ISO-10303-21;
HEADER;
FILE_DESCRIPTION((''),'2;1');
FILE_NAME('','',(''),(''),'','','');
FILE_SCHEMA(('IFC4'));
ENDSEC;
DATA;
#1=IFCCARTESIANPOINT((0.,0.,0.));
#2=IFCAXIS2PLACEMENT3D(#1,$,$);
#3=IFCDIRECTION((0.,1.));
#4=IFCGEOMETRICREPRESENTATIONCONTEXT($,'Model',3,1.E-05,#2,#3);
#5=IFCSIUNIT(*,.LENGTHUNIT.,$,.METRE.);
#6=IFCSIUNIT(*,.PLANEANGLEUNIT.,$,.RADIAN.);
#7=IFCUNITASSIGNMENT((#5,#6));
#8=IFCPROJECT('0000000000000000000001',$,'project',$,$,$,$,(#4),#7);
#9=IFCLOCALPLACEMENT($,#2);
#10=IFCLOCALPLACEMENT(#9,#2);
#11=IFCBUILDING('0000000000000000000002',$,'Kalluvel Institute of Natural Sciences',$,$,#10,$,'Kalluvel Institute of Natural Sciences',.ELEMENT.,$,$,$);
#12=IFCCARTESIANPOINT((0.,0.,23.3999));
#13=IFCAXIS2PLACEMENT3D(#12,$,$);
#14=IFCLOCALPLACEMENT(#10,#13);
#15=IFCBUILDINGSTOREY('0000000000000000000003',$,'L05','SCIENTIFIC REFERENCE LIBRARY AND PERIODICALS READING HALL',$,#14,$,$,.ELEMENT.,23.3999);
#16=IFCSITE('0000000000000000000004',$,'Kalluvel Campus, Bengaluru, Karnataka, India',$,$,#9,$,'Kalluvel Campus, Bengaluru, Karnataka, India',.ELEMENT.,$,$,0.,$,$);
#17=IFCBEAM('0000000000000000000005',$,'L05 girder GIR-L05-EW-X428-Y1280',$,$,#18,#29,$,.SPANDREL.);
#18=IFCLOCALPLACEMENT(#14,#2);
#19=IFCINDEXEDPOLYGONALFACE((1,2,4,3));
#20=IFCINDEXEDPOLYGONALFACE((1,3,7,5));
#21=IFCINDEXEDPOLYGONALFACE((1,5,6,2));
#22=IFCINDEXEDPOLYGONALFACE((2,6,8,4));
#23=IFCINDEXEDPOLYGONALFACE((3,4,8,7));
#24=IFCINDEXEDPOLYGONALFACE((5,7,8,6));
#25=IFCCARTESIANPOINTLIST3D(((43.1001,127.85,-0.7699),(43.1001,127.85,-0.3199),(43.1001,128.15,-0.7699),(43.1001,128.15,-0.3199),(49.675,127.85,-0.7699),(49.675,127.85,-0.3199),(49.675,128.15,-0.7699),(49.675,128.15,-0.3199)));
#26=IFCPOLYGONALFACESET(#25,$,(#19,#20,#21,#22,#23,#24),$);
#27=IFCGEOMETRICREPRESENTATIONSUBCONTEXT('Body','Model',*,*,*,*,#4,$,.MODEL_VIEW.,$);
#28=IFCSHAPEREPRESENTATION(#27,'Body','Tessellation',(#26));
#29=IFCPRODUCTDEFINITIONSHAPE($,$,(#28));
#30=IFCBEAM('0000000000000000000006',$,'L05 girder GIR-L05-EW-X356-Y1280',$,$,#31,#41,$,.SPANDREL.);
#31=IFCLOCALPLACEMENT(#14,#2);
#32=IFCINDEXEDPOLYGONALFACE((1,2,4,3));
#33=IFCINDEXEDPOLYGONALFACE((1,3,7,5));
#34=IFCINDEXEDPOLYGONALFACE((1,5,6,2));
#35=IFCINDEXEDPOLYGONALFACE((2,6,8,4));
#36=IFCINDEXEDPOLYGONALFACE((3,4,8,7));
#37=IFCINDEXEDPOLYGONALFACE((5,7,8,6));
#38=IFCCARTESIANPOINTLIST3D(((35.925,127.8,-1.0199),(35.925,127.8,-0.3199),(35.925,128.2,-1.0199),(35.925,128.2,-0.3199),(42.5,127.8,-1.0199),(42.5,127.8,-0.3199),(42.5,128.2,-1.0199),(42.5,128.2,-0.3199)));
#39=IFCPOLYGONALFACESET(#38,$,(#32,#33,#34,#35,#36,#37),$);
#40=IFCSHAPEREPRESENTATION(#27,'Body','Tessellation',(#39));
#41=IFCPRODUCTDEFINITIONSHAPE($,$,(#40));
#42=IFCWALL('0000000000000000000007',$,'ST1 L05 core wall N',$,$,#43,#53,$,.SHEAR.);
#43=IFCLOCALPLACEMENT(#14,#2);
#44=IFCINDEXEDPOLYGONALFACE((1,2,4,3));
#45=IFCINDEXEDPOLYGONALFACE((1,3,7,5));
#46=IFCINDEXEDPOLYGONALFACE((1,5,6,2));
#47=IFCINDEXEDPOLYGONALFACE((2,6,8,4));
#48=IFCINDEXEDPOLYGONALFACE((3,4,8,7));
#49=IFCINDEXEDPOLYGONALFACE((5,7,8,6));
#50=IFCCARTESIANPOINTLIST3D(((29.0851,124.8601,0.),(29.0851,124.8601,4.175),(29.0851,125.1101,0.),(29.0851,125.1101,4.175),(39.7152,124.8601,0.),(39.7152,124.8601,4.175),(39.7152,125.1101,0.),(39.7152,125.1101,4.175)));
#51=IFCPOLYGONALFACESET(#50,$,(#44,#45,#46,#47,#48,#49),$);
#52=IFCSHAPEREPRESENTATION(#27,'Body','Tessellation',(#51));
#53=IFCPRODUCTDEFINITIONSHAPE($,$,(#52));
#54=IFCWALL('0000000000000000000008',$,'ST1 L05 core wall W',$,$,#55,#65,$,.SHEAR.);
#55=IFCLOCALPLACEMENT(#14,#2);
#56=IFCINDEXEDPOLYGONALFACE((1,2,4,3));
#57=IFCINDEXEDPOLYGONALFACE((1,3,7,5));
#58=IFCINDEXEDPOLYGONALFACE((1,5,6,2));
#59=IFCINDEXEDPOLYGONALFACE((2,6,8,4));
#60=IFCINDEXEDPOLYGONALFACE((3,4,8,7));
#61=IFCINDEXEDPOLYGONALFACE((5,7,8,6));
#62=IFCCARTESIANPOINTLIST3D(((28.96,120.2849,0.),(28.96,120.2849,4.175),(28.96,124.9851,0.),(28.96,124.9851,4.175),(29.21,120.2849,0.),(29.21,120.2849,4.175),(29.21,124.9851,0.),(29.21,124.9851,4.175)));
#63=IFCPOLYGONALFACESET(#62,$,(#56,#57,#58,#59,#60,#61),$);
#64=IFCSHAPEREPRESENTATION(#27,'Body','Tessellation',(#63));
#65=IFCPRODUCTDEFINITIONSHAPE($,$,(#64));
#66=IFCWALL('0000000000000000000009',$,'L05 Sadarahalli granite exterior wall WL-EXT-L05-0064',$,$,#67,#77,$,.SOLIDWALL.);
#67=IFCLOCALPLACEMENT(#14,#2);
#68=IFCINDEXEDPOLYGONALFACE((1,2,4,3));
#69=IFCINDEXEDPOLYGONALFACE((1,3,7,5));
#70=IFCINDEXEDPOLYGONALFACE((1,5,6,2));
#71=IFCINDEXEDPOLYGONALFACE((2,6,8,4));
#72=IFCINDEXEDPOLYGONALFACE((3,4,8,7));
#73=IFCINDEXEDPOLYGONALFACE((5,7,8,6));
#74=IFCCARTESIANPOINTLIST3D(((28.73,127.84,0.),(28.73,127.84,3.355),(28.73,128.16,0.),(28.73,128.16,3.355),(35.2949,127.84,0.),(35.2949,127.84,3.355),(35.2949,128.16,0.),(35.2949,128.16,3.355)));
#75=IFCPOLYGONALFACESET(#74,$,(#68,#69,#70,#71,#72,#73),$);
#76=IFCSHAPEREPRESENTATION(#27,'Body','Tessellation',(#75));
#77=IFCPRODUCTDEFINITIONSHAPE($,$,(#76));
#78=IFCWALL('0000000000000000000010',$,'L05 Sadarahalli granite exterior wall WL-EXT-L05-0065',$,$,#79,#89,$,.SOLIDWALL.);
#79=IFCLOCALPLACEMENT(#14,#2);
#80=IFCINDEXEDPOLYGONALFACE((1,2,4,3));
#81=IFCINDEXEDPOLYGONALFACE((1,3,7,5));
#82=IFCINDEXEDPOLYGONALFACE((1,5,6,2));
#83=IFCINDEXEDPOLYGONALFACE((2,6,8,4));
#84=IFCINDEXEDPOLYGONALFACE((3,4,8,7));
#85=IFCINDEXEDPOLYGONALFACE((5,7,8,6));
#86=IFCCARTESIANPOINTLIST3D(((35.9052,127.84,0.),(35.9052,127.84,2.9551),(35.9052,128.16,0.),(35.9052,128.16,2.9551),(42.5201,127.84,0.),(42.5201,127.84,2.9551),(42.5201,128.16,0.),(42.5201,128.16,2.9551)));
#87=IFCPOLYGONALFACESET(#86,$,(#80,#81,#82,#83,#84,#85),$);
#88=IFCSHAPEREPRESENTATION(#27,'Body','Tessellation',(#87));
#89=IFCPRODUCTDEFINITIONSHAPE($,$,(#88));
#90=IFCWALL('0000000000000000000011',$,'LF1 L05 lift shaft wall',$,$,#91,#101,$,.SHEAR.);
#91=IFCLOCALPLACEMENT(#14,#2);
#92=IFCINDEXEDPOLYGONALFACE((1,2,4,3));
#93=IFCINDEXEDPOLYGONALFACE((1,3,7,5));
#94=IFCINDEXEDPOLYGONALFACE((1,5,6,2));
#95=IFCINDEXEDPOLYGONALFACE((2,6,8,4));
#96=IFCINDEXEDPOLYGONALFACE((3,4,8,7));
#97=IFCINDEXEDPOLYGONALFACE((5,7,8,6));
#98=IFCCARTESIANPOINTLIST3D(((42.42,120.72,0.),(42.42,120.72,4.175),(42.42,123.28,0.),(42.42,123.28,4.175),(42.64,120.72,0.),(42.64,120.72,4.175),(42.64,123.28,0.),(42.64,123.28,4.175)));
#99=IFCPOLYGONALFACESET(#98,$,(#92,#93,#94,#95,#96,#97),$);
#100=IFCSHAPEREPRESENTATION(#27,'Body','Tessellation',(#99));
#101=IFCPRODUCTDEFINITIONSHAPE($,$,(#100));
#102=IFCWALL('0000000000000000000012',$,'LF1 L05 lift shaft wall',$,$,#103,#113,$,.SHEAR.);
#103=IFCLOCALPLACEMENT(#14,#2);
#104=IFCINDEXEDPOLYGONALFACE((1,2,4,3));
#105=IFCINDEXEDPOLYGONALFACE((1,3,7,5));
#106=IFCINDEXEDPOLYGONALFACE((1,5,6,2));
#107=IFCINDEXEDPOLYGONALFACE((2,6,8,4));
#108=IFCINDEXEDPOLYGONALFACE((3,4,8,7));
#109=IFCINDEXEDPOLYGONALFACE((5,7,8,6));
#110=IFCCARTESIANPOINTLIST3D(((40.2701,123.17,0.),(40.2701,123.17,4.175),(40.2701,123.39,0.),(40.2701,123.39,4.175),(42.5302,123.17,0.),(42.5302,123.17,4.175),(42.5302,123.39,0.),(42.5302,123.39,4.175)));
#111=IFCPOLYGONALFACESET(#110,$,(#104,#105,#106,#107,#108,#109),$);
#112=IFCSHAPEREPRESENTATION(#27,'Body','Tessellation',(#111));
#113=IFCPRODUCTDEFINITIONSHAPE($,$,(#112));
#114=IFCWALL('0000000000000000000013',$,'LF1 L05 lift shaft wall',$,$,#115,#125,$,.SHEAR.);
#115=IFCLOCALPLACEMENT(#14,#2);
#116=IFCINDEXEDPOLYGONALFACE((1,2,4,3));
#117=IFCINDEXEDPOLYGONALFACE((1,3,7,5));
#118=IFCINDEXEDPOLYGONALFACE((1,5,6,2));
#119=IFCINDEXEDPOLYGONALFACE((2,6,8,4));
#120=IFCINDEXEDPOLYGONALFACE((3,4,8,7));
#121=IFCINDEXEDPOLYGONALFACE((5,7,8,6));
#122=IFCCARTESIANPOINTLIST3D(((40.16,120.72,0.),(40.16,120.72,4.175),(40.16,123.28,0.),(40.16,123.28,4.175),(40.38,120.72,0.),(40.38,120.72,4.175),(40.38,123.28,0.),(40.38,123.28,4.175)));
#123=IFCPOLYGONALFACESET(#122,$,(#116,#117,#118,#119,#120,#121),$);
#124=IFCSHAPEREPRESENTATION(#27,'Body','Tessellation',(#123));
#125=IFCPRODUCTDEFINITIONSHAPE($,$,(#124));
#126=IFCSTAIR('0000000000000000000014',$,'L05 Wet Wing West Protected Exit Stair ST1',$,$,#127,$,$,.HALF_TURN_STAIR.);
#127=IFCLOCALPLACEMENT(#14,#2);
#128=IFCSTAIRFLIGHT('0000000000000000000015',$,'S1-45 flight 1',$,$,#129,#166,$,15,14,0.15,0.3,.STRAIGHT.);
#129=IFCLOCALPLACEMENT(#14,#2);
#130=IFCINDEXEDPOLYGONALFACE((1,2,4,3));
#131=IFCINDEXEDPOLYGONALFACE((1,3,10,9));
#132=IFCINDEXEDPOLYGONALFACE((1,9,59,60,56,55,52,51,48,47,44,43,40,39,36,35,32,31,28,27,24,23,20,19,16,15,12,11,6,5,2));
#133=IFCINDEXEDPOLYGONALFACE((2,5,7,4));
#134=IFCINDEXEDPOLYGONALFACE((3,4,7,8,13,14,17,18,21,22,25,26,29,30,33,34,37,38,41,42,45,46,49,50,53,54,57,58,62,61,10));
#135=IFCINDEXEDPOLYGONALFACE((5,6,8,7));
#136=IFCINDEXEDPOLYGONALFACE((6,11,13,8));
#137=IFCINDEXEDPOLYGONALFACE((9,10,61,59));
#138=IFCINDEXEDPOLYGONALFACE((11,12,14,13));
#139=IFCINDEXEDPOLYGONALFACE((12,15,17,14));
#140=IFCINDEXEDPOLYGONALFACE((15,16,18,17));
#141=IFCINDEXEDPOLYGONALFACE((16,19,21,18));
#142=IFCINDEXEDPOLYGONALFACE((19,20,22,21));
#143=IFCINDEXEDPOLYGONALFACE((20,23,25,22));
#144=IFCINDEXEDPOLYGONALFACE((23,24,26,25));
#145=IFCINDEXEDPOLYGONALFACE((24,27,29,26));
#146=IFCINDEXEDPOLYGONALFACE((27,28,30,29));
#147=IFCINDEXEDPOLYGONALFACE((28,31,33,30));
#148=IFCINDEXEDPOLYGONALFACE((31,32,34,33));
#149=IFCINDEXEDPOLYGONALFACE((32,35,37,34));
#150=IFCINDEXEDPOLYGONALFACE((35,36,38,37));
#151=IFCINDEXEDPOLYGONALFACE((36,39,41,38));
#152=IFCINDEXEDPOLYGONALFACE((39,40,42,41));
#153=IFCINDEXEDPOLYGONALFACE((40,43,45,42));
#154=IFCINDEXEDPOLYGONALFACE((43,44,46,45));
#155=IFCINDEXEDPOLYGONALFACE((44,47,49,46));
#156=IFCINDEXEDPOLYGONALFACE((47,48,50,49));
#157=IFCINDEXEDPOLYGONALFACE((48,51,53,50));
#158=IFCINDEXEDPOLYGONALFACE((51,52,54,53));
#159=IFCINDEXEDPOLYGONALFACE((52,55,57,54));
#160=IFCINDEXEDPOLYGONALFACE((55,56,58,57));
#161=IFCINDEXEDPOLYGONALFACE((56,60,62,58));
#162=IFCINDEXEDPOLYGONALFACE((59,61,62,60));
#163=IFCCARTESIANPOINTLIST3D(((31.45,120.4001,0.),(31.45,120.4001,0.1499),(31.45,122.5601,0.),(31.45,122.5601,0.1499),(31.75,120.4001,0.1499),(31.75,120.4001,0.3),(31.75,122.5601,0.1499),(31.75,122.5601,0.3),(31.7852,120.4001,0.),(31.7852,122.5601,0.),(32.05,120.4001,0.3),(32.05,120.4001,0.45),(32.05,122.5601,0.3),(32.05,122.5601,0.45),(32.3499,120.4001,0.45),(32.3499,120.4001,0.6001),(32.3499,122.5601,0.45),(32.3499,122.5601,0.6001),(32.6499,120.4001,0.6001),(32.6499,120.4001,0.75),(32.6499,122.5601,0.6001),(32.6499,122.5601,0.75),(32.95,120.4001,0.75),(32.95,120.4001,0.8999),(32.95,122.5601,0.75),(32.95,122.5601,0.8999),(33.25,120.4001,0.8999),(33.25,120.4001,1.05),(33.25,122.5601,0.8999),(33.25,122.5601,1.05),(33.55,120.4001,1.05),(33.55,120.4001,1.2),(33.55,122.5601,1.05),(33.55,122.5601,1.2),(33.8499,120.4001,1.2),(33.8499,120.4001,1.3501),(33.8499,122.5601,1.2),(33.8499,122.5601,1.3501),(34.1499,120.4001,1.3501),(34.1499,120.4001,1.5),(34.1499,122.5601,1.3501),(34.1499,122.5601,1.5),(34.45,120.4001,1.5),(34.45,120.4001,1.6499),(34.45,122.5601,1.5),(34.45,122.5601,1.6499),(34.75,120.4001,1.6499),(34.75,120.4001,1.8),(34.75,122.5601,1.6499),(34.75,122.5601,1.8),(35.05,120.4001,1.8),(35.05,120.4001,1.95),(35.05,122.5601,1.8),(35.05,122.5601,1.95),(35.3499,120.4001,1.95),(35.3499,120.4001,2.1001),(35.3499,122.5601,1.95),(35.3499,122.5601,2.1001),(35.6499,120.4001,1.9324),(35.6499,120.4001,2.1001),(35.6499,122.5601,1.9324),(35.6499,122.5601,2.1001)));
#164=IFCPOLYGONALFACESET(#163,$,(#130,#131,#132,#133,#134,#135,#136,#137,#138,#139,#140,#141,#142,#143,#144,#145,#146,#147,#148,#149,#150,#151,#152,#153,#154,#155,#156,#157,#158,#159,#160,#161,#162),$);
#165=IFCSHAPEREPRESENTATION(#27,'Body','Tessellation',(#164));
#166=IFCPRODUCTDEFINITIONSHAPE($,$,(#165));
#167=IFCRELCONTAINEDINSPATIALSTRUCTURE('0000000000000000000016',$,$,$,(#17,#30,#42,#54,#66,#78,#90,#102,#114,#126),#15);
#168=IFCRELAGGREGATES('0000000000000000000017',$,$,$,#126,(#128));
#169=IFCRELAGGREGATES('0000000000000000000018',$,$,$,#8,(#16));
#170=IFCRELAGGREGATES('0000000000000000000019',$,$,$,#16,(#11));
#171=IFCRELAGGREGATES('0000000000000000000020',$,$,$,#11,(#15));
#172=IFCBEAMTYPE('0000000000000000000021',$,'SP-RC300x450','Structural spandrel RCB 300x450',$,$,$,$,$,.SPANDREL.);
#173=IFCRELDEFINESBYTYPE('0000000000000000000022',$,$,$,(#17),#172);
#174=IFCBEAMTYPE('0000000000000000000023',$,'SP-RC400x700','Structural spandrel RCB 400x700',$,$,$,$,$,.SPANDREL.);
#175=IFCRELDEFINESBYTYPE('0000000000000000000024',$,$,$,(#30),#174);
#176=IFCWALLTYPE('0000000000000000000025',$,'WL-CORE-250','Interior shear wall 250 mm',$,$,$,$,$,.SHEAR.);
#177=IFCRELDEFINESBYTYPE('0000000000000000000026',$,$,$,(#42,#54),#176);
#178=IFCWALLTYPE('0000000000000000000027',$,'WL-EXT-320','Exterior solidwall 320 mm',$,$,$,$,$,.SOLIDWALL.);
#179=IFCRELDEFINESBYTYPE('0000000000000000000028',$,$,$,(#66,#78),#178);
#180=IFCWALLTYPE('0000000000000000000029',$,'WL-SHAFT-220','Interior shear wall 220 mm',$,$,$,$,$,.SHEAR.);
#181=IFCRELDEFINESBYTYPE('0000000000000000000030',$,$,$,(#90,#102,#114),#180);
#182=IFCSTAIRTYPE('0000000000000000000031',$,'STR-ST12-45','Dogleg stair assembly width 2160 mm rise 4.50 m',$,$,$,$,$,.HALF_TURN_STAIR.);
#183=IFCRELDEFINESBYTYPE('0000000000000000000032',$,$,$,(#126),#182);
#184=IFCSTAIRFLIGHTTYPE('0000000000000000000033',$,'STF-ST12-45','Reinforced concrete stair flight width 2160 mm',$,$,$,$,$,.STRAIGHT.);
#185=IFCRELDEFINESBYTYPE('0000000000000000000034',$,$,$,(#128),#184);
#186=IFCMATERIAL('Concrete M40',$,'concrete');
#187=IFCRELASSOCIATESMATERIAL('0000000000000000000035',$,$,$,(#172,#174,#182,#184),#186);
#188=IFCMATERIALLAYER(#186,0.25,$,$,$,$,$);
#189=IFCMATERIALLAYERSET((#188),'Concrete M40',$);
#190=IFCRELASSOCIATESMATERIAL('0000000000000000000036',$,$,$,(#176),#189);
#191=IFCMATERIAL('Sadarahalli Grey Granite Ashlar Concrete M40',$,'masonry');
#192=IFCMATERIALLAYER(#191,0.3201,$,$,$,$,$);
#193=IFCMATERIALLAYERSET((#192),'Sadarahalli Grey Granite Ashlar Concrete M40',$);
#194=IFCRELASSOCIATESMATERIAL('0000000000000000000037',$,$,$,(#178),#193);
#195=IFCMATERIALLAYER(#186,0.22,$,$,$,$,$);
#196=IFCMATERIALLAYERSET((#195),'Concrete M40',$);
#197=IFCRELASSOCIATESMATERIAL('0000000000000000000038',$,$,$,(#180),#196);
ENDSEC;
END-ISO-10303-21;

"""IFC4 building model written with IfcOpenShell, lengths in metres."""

from ifc_helpers import new_model, si_unit, direction, frame, frame_2d, origin, origin_2d, place, context, subcontext, project, spatial, polyline, rectangle, outline, extrude, material, layer, layer_set, material_profile, profile_set, type_object, element, aggregate, save


model = new_model("IFC4")

# Units and contexts
model_context = context("Model", 3, precision=1e-05, world=origin(), true_north=direction((0.0, 1.0)))
body_context = subcontext(model_context, "Body", "Model", "MODEL_VIEW")
ifc_project = project(units=[si_unit("LENGTHUNIT", "METRE"), si_unit("PLANEANGLEUNIT", "RADIAN")], contexts=[model_context])

# Site, building, storey
site_placement = place(None, origin())
site = spatial("IfcSite", under=ifc_project, at=site_placement, Name="Kalluvel Campus, Bengaluru, Karnataka, India", LongName="Kalluvel Campus, Bengaluru, Karnataka, India", CompositionType="ELEMENT", RefElevation=0.0)
building_placement = place(site_placement, origin())
building = spatial("IfcBuilding", under=site, at=building_placement, Name="Kalluvel Institute of Natural Sciences", LongName="Kalluvel Institute of Natural Sciences", CompositionType="ELEMENT")
storey_placement = place(building_placement, frame((0.0, 0.0, 23.3999)))
storey = spatial("IfcBuildingStorey", under=building, at=storey_placement, Name="L05", Description="SCIENTIFIC REFERENCE LIBRARY AND PERIODICALS READING HALL", CompositionType="ELEMENT", Elevation=23.3999)

# Shared definitions
ifc_material_1 = material(Name="Concrete M40", Category="concrete")

# Beams
ifc_material_profile_1 = material_profile(ifc_material_1, rectangle(XDim=0.3, YDim=0.45, at=origin_2d()), Name="RCB 300x450")
ifc_profile_set_1 = profile_set([ifc_material_profile_1], Name="Concrete M40")
beam_type_1 = type_object("IfcBeamType", Name="SP-RC300x450", Description="Structural spandrel RCB 300x450", PredefinedType="SPANDREL", material=ifc_profile_set_1)
beam_1_placement = place(storey_placement, frame((43.1001, 128.0, -0.5449), z_axis=(1.0, 0.0, 0.0), x_axis=(0.0, 1.0, 0.0)))
element("IfcBeam", 1, at=beam_1_placement, inside=storey, type_object=beam_type_1, Name="L05 girder GIR-L05-EW-X428-Y1280", PredefinedType="SPANDREL", context=body_context, shape_type="SweptSolid", body=[
    extrude(rectangle(XDim=0.3, YDim=0.45, at=origin_2d()), origin(), (0.0, 0.0, 1.0), 6.575),
])
ifc_material_profile_2 = material_profile(ifc_material_1, rectangle(XDim=0.3999, YDim=0.7, at=origin_2d()), Name="RCB 400x700")
ifc_profile_set_2 = profile_set([ifc_material_profile_2], Name="Concrete M40")
beam_type_2 = type_object("IfcBeamType", Name="SP-RC400x700", Description="Structural spandrel RCB 400x700", PredefinedType="SPANDREL", material=ifc_profile_set_2)
beam_2_placement = place(storey_placement, frame((35.925, 128.0, -0.6699), z_axis=(1.0, 0.0, 0.0), x_axis=(0.0, 1.0, 0.0)))
element("IfcBeam", 2, at=beam_2_placement, inside=storey, type_object=beam_type_2, Name="L05 girder GIR-L05-EW-X356-Y1280", PredefinedType="SPANDREL", context=body_context, shape_type="SweptSolid", body=[
    extrude(rectangle(XDim=0.3999, YDim=0.7, at=origin_2d()), origin(), (0.0, 0.0, 1.0), 6.575),
])

# Walls
ifc_layer_1 = layer(ifc_material_1, 0.25)
ifc_layer_set_1 = layer_set([ifc_layer_1], Name="Concrete M40")
wall_type_1 = type_object("IfcWallType", Name="WL-CORE-250", Description="Interior shear wall 250 mm", PredefinedType="SHEAR", material=ifc_layer_set_1)
wall_1_placement = place(storey_placement, frame((39.7151, 124.9851, 0.0), z_axis=(0.0, 0.0, 1.0), x_axis=(-1.0, 0.0, 0.0)))
element("IfcWall", 3, at=wall_1_placement, inside=storey, type_object=wall_type_1, Name="ST1 L05 core wall N", PredefinedType="SHEAR", context=body_context, shape_type="SweptSolid", body=[
    extrude(rectangle(XDim=10.6301, YDim=0.25, at=frame_2d((5.3149, 0.0))), origin(), (0.0, 0.0, 1.0), 4.175),
])
wall_2_placement = place(storey_placement, frame((29.085, 124.9851, 0.0), z_axis=(0.0, 0.0, 1.0), x_axis=(0.0, -1.0, 0.0)))
element("IfcWall", 4, at=wall_2_placement, inside=storey, type_object=wall_type_1, Name="ST1 L05 core wall W", PredefinedType="SHEAR", context=body_context, shape_type="SweptSolid", body=[
    extrude(rectangle(XDim=4.7002, YDim=0.25, at=frame_2d((2.3501, 0.0))), origin(), (0.0, 0.0, 1.0), 4.175),
])
ifc_material_2 = material(Name="Sadarahalli Grey Granite Ashlar Concrete M40", Category="masonry")
ifc_layer_2 = layer(ifc_material_2, 0.3201)
ifc_layer_set_2 = layer_set([ifc_layer_2], Name="Sadarahalli Grey Granite Ashlar Concrete M40")
wall_type_2 = type_object("IfcWallType", Name="WL-EXT-320", Description="Exterior solidwall 320 mm", PredefinedType="SOLIDWALL", material=ifc_layer_set_2)
wall_3_placement = place(storey_placement, frame((28.73, 128.0, 0.0), z_axis=(0.0, 0.0, 1.0), x_axis=(1.0, 0.0, 0.0)))
element("IfcWall", 5, at=wall_3_placement, inside=storey, type_object=wall_type_2, Name="L05 Sadarahalli granite exterior wall WL-EXT-L05-0064", PredefinedType="SOLIDWALL", context=body_context, shape_type="SweptSolid", body=[
    extrude(rectangle(XDim=6.5649, YDim=0.3201, at=frame_2d((3.2825, 0.0))), origin(), (0.0, 0.0, 1.0), 3.355),
])
wall_4_placement = place(storey_placement, frame((35.905, 128.0, 0.0), z_axis=(0.0, 0.0, 1.0), x_axis=(1.0, 0.0, 0.0)))
element("IfcWall", 6, at=wall_4_placement, inside=storey, type_object=wall_type_2, Name="L05 Sadarahalli granite exterior wall WL-EXT-L05-0065", PredefinedType="SOLIDWALL", context=body_context, shape_type="SweptSolid", body=[
    extrude(rectangle(XDim=6.615, YDim=0.3201, at=frame_2d((3.3076, 0.0))), origin(), (0.0, 0.0, 1.0), 2.9551),
])
ifc_layer_3 = layer(ifc_material_1, 0.22)
ifc_layer_set_3 = layer_set([ifc_layer_3], Name="Concrete M40")
wall_type_3 = type_object("IfcWallType", Name="WL-SHAFT-220", Description="Interior shear wall 220 mm", PredefinedType="SHEAR", material=ifc_layer_set_3)
wall_5_placement = place(storey_placement, frame((42.53, 120.72, 0.0), z_axis=(0.0, 0.0, 1.0), x_axis=(0.0, 1.0, 0.0)))
element("IfcWall", 7, at=wall_5_placement, inside=storey, type_object=wall_type_3, Name="LF1 L05 lift shaft wall", PredefinedType="SHEAR", context=body_context, shape_type="SweptSolid", body=[
    extrude(rectangle(XDim=2.5601, YDim=0.22, at=frame_2d((1.28, 0.0))), origin(), (0.0, 0.0, 1.0), 4.175),
])
wall_6_placement = place(storey_placement, frame((42.53, 123.28, 0.0), z_axis=(0.0, 0.0, 1.0), x_axis=(-1.0, 0.0, 0.0)))
element("IfcWall", 8, at=wall_6_placement, inside=storey, type_object=wall_type_3, Name="LF1 L05 lift shaft wall", PredefinedType="SHEAR", context=body_context, shape_type="SweptSolid", body=[
    extrude(rectangle(XDim=2.26, YDim=0.22, at=frame_2d((1.1299, 0.0))), origin(), (0.0, 0.0, 1.0), 4.175),
])
wall_7_placement = place(storey_placement, frame((40.27, 123.28, 0.0), z_axis=(0.0, 0.0, 1.0), x_axis=(0.0, -1.0, 0.0)))
element("IfcWall", 9, at=wall_7_placement, inside=storey, type_object=wall_type_3, Name="LF1 L05 lift shaft wall", PredefinedType="SHEAR", context=body_context, shape_type="SweptSolid", body=[
    extrude(rectangle(XDim=2.5601, YDim=0.22, at=frame_2d((1.28, 0.0))), origin(), (0.0, 0.0, 1.0), 4.175),
])

# Stair, stair flight
stair_type = type_object("IfcStairType", Name="STR-ST12-45", Description="Dogleg stair assembly width 2160 mm rise 4.50 m", PredefinedType="HALF_TURN_STAIR", material=ifc_material_1)
stair_placement = place(storey_placement, origin())
stair = element("IfcStair", 10, at=stair_placement, inside=storey, type_object=stair_type, Name="L05 Wet Wing West Protected Exit Stair ST1", PredefinedType="HALF_TURN_STAIR")
stair_flight_type = type_object("IfcStairFlightType", Name="STF-ST12-45", Description="Reinforced concrete stair flight width 2160 mm", PredefinedType="STRAIGHT", material=ifc_material_1)
stair_flight_1_placement = place(storey_placement, frame((31.45, 121.48, 0.0), z_axis=(0.0, 0.0, 1.0), x_axis=(1.0, 0.0, 0.0)))
stair_flight_1 = element("IfcStairFlight", 11, at=stair_flight_1_placement, type_object=stair_flight_type, Name="S1-45 flight 1", NumberOfRisers=15, NumberOfTreads=14, PredefinedType="STRAIGHT", RiserHeight=0.15, TreadLength=0.3, context=body_context, shape_type="SweptSolid", body=[
    extrude(outline(polyline([(0.0, 0.0), (0.0, 0.1499), (0.3, 0.1499), (0.3, 0.3), (0.6001, 0.3), (0.6001, 0.45), (0.8999, 0.45), (0.8999, 0.6001), (1.2, 0.6001), (1.2, 0.75), (1.5, 0.75), (1.5, 0.8999), (1.8, 0.8999), (1.8, 1.05), (2.1001, 1.05), (2.1001, 1.2), (2.3999, 1.2), (2.3999, 1.3501), (2.7, 1.3501), (2.7, 1.5), (3.0, 1.5), (3.0, 1.6499), (3.3, 1.6499), (3.3, 1.8), (3.6001, 1.8), (3.6001, 1.95), (3.8999, 1.95), (3.8999, 2.1001), (4.2, 2.1001), (4.2, 2.25), (4.2, 1.9324), (0.3352, 0.0), (0.0, 0.0)])), frame((0.0, 1.0801, 0.0), z_axis=(0.0, -1.0, 0.0), x_axis=(1.0, 0.0, 0.0)), (0.0, 0.0, 1.0), 2.1599),
])
aggregate(stair, [stair_flight_1])

save(model, "model.ifc")
